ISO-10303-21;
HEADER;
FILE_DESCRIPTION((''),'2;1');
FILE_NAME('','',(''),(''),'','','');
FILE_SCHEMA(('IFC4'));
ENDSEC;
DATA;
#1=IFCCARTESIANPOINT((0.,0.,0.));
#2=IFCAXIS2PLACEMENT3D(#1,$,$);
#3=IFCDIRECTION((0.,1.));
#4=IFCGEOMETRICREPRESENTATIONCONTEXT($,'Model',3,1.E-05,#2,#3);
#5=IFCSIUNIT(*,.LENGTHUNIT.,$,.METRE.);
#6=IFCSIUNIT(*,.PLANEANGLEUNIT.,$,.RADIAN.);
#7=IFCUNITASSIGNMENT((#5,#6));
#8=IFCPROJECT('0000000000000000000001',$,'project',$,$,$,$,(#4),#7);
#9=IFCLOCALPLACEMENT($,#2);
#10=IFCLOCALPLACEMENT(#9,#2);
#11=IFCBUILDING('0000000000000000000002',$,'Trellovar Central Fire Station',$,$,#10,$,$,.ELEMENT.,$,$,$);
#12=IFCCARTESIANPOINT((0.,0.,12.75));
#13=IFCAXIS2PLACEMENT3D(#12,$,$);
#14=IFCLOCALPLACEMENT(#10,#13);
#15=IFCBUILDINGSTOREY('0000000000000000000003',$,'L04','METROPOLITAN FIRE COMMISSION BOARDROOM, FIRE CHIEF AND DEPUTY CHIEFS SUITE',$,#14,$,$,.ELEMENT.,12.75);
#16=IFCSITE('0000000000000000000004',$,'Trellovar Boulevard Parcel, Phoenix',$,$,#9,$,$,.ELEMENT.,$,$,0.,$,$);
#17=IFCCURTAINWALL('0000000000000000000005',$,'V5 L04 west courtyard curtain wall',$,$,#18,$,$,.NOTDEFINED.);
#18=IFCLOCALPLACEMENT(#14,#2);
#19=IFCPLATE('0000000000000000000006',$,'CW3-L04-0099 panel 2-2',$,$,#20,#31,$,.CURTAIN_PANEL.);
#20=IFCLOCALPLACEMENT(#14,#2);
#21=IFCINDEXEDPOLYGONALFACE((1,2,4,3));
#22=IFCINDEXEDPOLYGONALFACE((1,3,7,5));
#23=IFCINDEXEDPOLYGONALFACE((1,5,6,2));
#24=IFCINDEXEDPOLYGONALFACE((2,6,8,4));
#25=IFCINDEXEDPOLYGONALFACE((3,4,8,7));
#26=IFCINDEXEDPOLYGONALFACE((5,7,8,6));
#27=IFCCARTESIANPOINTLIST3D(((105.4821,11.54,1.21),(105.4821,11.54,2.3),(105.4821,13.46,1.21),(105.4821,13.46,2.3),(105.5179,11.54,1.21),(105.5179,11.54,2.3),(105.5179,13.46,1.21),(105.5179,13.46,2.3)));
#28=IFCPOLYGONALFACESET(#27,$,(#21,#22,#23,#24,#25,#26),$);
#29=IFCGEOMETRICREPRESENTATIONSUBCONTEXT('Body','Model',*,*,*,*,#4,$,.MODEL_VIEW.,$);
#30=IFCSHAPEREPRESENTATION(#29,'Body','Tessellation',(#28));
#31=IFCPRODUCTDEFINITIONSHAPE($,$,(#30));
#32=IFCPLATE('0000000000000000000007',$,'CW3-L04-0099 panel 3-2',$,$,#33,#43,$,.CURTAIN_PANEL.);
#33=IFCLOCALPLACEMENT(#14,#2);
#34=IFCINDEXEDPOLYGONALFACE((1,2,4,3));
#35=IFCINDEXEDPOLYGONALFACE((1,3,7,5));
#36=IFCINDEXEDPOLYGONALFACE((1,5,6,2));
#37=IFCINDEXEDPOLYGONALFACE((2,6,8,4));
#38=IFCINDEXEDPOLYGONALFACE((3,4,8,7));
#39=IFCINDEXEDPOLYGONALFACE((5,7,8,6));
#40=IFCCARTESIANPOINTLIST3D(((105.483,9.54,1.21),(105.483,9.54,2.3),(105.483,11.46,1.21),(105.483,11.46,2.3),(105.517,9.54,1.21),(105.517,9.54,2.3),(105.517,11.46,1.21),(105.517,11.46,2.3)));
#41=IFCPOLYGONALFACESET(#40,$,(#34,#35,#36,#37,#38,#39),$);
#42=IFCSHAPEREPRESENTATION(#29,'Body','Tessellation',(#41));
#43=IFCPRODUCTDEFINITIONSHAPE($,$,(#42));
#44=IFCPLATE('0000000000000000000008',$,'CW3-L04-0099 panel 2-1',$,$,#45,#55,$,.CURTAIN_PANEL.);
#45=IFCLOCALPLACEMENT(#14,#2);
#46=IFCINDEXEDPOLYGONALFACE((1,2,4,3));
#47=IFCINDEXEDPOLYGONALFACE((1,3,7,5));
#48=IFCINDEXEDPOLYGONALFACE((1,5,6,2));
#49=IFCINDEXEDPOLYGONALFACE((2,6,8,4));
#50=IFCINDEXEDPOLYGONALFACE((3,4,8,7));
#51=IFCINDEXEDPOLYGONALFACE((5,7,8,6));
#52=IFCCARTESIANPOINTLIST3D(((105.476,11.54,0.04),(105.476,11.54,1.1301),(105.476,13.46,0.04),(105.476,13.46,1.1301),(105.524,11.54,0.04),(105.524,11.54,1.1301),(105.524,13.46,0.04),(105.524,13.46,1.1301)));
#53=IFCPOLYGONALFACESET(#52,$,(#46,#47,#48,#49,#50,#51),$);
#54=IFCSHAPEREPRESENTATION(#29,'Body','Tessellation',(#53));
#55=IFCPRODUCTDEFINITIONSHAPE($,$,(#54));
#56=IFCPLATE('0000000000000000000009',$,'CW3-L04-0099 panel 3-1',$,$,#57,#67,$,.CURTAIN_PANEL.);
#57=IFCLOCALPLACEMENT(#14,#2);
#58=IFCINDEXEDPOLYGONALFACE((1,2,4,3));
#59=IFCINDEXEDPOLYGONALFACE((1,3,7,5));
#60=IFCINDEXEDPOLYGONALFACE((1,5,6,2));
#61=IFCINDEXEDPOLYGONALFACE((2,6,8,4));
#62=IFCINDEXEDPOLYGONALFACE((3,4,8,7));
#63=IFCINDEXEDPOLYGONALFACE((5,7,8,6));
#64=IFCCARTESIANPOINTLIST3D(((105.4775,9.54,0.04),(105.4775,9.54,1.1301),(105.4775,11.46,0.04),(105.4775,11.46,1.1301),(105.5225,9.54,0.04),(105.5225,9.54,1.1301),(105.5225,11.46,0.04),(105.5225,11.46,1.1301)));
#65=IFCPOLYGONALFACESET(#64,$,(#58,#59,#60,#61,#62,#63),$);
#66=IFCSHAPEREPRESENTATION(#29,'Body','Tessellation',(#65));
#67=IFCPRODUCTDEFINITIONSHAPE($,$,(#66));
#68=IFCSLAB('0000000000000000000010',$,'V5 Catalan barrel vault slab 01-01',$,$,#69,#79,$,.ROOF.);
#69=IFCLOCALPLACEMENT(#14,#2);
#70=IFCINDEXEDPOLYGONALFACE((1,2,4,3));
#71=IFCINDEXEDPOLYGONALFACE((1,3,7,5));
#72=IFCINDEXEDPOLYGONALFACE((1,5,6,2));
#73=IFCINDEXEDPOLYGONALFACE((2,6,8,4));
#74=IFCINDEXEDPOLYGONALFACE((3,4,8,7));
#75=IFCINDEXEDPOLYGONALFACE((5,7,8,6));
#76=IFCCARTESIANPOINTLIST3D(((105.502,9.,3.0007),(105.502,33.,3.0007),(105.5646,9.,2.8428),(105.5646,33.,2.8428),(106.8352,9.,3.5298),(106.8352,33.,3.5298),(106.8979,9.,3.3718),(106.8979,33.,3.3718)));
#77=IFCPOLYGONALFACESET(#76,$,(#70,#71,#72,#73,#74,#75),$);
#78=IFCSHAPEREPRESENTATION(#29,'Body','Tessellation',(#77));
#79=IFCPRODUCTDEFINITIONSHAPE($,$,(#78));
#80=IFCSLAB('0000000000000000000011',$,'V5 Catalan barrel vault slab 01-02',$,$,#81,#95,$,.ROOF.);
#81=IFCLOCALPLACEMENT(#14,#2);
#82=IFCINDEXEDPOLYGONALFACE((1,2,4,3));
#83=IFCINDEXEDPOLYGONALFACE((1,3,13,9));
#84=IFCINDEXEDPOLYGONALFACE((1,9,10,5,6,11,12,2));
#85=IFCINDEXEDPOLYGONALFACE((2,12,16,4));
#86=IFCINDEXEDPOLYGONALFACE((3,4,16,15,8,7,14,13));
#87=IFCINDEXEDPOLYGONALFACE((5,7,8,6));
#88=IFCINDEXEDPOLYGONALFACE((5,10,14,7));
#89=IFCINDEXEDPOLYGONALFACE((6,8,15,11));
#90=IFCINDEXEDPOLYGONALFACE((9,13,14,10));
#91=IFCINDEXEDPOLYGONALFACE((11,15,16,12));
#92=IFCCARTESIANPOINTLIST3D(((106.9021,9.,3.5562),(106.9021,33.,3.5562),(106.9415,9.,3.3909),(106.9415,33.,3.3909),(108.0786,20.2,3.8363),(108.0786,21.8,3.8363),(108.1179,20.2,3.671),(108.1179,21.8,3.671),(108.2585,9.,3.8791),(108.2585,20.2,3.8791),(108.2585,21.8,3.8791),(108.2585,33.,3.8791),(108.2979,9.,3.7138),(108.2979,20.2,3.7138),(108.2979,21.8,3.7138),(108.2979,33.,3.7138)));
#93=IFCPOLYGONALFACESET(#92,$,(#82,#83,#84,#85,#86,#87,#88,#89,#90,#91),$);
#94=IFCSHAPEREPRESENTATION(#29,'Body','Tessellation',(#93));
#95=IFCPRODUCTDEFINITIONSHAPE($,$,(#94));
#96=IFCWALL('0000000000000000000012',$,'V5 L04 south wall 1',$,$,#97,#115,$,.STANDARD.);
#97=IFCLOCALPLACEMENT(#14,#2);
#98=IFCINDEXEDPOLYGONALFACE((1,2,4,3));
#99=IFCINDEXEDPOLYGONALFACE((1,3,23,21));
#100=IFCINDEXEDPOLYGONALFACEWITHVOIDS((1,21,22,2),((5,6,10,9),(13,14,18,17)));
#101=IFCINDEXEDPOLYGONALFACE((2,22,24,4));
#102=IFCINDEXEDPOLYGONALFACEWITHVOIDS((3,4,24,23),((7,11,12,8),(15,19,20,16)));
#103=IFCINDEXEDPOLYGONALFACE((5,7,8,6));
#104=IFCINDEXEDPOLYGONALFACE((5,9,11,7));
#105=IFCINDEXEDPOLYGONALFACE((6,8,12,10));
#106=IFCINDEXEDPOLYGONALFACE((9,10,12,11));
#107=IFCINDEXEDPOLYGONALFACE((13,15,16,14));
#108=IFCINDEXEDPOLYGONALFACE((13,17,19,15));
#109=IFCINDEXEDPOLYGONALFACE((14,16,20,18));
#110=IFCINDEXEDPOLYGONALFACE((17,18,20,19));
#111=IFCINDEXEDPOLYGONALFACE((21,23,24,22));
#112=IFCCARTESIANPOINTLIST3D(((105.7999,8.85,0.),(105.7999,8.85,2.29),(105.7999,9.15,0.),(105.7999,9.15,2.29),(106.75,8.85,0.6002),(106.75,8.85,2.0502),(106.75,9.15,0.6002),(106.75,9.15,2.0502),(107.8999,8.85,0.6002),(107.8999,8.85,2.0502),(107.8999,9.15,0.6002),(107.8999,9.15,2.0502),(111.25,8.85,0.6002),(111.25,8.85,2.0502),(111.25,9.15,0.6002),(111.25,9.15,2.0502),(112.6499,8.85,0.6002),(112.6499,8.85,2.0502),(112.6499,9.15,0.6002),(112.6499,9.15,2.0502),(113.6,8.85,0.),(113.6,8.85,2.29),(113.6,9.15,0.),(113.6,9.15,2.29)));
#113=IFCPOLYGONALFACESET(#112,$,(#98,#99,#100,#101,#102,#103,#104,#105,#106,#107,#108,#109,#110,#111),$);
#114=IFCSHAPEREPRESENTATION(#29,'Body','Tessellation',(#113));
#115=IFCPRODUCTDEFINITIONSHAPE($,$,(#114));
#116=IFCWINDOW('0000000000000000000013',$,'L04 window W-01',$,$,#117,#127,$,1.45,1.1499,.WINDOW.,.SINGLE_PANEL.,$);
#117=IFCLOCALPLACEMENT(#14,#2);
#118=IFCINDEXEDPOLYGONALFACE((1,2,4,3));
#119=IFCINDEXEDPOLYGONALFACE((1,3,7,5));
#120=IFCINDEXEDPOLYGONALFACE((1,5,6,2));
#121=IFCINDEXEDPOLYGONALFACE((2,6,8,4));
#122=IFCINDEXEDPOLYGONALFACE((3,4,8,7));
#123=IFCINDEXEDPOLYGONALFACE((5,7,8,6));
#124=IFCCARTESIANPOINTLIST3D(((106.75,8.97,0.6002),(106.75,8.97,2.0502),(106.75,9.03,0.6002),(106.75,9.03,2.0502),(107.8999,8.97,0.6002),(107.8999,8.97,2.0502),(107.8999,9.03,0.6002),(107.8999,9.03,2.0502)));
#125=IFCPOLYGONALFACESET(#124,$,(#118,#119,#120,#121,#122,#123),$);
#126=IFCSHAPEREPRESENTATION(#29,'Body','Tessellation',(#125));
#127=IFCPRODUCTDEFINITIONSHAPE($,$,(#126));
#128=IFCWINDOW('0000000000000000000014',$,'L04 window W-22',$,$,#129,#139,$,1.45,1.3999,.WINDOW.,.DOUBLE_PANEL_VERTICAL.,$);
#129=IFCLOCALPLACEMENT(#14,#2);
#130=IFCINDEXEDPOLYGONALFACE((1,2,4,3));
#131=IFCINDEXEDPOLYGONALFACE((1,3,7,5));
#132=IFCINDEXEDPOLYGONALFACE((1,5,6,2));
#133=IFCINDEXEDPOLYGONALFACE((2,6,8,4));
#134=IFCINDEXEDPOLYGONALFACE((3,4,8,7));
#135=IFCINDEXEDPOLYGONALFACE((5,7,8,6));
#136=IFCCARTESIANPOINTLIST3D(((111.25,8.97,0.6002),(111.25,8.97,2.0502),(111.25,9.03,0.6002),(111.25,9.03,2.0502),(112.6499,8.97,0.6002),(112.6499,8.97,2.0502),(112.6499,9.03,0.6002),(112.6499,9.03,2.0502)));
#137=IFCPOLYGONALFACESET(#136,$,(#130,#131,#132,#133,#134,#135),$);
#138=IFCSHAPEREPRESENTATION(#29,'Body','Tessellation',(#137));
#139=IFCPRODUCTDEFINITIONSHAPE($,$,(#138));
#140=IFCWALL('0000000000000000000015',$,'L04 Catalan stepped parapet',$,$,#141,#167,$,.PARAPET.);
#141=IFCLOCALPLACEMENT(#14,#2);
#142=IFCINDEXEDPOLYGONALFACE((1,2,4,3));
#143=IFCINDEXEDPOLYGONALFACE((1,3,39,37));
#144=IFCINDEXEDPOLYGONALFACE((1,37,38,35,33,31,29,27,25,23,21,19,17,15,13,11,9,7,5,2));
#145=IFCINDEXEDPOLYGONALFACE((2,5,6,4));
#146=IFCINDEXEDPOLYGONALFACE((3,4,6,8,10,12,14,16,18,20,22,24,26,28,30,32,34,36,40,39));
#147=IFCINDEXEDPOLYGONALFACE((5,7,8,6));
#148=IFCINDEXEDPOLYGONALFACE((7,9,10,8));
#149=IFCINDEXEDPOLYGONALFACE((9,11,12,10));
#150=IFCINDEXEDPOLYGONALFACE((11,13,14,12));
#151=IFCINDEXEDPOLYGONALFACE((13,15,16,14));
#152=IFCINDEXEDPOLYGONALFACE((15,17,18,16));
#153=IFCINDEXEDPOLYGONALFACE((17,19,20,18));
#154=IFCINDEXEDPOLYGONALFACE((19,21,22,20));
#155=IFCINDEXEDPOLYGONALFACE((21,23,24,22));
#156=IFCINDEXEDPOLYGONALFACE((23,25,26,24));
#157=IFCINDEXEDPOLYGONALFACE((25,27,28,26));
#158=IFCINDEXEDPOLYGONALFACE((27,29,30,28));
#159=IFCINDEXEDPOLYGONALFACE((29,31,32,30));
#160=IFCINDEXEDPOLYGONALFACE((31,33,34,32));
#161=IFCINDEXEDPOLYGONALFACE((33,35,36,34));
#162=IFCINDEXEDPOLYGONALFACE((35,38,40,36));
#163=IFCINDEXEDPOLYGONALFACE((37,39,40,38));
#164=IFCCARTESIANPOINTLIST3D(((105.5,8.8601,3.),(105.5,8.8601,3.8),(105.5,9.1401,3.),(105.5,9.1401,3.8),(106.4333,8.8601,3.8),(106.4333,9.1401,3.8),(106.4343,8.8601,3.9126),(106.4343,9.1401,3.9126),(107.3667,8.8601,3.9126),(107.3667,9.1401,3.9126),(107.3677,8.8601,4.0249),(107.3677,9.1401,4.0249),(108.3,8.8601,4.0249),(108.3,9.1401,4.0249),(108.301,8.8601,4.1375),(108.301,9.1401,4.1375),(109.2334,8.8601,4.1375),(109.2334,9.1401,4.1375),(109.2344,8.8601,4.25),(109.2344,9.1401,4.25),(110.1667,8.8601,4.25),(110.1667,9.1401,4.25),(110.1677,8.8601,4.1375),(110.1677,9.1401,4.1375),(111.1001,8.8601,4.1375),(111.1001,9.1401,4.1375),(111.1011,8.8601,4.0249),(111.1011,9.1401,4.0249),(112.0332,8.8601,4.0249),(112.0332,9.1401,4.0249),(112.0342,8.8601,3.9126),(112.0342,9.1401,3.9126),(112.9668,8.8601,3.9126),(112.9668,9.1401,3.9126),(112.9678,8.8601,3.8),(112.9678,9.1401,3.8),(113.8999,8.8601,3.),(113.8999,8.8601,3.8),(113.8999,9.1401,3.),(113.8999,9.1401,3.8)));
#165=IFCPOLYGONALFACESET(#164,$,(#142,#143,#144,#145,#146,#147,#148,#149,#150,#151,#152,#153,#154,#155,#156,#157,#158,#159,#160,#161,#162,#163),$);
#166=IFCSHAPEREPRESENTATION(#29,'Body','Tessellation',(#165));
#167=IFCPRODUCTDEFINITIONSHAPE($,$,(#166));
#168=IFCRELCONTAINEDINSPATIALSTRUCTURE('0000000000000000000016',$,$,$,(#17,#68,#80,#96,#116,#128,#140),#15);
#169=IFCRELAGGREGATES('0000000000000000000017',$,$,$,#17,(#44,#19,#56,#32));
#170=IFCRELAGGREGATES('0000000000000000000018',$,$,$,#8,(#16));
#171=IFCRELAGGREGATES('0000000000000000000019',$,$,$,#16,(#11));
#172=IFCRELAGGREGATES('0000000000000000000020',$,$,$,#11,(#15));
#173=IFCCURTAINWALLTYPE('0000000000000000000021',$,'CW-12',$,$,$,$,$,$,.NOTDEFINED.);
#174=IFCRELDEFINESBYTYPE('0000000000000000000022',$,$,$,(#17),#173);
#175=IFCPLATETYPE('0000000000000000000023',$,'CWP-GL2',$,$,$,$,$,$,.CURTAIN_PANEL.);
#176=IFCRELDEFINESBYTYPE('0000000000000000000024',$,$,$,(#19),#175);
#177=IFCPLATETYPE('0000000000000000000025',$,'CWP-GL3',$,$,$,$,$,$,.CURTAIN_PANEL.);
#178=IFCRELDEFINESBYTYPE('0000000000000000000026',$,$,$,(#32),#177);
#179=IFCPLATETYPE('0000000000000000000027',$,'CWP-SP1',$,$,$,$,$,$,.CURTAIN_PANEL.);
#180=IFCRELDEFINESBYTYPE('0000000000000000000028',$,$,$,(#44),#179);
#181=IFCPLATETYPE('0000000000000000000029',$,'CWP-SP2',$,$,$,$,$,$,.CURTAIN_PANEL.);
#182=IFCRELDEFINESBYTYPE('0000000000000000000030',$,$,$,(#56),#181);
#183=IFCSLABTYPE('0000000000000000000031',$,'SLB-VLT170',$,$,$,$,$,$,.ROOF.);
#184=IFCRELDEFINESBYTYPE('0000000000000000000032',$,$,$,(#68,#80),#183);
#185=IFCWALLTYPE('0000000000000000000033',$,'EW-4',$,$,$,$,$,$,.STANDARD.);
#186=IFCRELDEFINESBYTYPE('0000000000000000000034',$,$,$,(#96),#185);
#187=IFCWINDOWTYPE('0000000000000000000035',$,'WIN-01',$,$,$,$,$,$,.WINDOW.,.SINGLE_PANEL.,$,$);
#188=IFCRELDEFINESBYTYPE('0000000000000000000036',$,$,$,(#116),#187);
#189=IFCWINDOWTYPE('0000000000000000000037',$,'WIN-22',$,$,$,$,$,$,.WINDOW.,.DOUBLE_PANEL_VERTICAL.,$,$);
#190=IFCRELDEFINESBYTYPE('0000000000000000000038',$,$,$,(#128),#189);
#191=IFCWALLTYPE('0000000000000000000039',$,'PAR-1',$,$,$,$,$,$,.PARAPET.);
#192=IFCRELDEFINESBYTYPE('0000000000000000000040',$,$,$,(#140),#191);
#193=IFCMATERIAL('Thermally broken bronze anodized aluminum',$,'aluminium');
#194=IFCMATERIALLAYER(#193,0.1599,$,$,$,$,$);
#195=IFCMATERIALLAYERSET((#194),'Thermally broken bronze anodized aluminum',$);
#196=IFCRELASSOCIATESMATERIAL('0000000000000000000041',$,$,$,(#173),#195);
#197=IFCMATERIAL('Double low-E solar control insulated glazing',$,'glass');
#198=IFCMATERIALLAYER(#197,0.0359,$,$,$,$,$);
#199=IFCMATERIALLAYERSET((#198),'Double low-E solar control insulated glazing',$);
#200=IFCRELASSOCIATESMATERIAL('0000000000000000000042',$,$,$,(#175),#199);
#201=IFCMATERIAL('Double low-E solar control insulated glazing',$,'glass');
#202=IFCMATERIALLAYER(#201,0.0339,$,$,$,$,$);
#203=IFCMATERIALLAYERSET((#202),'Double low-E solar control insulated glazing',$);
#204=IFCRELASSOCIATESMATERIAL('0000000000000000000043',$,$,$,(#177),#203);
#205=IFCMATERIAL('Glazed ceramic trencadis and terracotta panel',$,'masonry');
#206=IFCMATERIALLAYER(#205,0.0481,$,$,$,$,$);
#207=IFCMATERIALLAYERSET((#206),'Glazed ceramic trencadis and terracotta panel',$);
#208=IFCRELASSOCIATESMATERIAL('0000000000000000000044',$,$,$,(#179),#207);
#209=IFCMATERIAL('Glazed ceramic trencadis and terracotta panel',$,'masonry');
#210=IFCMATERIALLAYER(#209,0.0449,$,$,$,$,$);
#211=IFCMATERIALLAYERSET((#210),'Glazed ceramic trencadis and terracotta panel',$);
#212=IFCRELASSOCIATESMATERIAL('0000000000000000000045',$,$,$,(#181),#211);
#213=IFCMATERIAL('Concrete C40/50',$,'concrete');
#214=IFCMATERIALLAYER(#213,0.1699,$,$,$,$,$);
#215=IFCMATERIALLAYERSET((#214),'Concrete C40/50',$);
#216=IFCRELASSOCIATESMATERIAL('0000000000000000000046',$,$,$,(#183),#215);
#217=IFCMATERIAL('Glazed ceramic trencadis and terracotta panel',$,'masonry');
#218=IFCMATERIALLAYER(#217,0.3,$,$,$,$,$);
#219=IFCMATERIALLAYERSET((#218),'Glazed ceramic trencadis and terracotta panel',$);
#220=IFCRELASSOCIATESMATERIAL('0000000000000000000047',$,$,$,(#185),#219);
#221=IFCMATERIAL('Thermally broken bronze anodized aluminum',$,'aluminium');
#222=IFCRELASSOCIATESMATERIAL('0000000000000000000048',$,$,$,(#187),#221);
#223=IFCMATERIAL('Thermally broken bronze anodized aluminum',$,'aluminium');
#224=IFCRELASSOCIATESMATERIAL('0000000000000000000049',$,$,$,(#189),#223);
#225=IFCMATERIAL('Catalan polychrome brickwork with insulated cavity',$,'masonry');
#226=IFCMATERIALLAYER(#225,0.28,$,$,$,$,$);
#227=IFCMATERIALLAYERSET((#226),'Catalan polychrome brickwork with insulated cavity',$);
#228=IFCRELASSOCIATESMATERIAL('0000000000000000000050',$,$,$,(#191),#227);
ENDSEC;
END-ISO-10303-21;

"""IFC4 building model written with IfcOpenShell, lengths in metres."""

from ifc_helpers import new_model, si_unit, direction, frame, frame_2d, origin, origin_2d, place, context, subcontext, project, spatial, polyline, rectangle, outline, extrude, material, layer, layer_set, type_object, element, fill, aggregate, save


model = new_model("IFC4")

# Units and contexts
model_context = context("Model", 3, precision=1e-05, world=origin(), true_north=direction((0.0, 1.0)))
body_context = subcontext(model_context, "Body", "Model", "MODEL_VIEW")
ifc_project = project(units=[si_unit("LENGTHUNIT", "METRE"), si_unit("PLANEANGLEUNIT", "RADIAN")], contexts=[model_context])

# Site, building, storey
site_placement = place(None, origin())
site = spatial("IfcSite", under=ifc_project, at=site_placement, Name="Trellovar Boulevard Parcel, Phoenix", CompositionType="ELEMENT", RefElevation=0.0)
building_placement = place(site_placement, origin())
building = spatial("IfcBuilding", under=site, at=building_placement, Name="Trellovar Central Fire Station", CompositionType="ELEMENT")
storey_placement = place(building_placement, frame((0.0, 0.0, 12.75)))
storey = spatial("IfcBuildingStorey", under=building, at=storey_placement, Name="L04", Description="METROPOLITAN FIRE COMMISSION BOARDROOM, FIRE CHIEF AND DEPUTY CHIEFS SUITE", CompositionType="ELEMENT", Elevation=12.75)

# Curtain wall
ifc_material_1 = material(Name="Thermally broken bronze anodized aluminum", Category="aluminium")
ifc_layer_1 = layer(ifc_material_1, 0.1599)
ifc_layer_set_1 = layer_set([ifc_layer_1], Name="Thermally broken bronze anodized aluminum")
curtain_wall_type = type_object("IfcCurtainWallType", Name="CW-12", PredefinedType="NOTDEFINED", material=ifc_layer_set_1)
curtain_wall_placement = place(storey_placement, origin())
curtain_wall = element("IfcCurtainWall", 1, at=curtain_wall_placement, inside=storey, type_object=curtain_wall_type, Name="V5 L04 west courtyard curtain wall", PredefinedType="NOTDEFINED")

# Plates
ifc_material_2 = material(Name="Double low-E solar control insulated glazing", Category="glass")
ifc_layer_2 = layer(ifc_material_2, 0.0359)
ifc_layer_set_2 = layer_set([ifc_layer_2], Name="Double low-E solar control insulated glazing")
plate_type_1 = type_object("IfcPlateType", Name="CWP-GL2", PredefinedType="CURTAIN_PANEL", material=ifc_layer_set_2)
plate_1_placement = place(storey_placement, frame((105.5, 12.5, 1.21), z_axis=(0.0, 0.0, 1.0), x_axis=(0.0, -1.0, 0.0)))
plate_1 = element("IfcPlate", 2, at=plate_1_placement, type_object=plate_type_1, Name="CW3-L04-0099 panel 2-2", PredefinedType="CURTAIN_PANEL", context=body_context, shape_type="SweptSolid", body=[
    extrude(rectangle(XDim=1.9199, YDim=0.0359, at=origin_2d()), origin(), (0.0, 0.0, 1.0), 1.0901),
])
ifc_material_3 = material(Name="Double low-E solar control insulated glazing", Category="glass")
ifc_layer_3 = layer(ifc_material_3, 0.0339)
ifc_layer_set_3 = layer_set([ifc_layer_3], Name="Double low-E solar control insulated glazing")
plate_type_2 = type_object("IfcPlateType", Name="CWP-GL3", PredefinedType="CURTAIN_PANEL", material=ifc_layer_set_3)
plate_2_placement = place(storey_placement, frame((105.5, 10.5, 1.21), z_axis=(0.0, 0.0, 1.0), x_axis=(0.0, -1.0, 0.0)))
plate_2 = element("IfcPlate", 3, at=plate_2_placement, type_object=plate_type_2, Name="CW3-L04-0099 panel 3-2", PredefinedType="CURTAIN_PANEL", context=body_context, shape_type="SweptSolid", body=[
    extrude(rectangle(XDim=1.9199, YDim=0.0339, at=origin_2d()), origin(), (0.0, 0.0, 1.0), 1.0901),
])
ifc_material_4 = material(Name="Glazed ceramic trencadis and terracotta panel", Category="masonry")
ifc_layer_4 = layer(ifc_material_4, 0.0481)
ifc_layer_set_4 = layer_set([ifc_layer_4], Name="Glazed ceramic trencadis and terracotta panel")
plate_type_3 = type_object("IfcPlateType", Name="CWP-SP1", PredefinedType="CURTAIN_PANEL", material=ifc_layer_set_4)
plate_3_placement = place(storey_placement, frame((105.5, 12.5, 0.04), z_axis=(0.0, 0.0, 1.0), x_axis=(0.0, -1.0, 0.0)))
plate_3 = element("IfcPlate", 4, at=plate_3_placement, type_object=plate_type_3, Name="CW3-L04-0099 panel 2-1", PredefinedType="CURTAIN_PANEL", context=body_context, shape_type="SweptSolid", body=[
    extrude(rectangle(XDim=1.9199, YDim=0.0481, at=origin_2d()), origin(), (0.0, 0.0, 1.0), 1.0901),
])
ifc_material_5 = material(Name="Glazed ceramic trencadis and terracotta panel", Category="masonry")
ifc_layer_5 = layer(ifc_material_5, 0.0449)
ifc_layer_set_5 = layer_set([ifc_layer_5], Name="Glazed ceramic trencadis and terracotta panel")
plate_type_4 = type_object("IfcPlateType", Name="CWP-SP2", PredefinedType="CURTAIN_PANEL", material=ifc_layer_set_5)
plate_4_placement = place(storey_placement, frame((105.5, 10.5, 0.04), z_axis=(0.0, 0.0, 1.0), x_axis=(0.0, -1.0, 0.0)))
plate_4 = element("IfcPlate", 5, at=plate_4_placement, type_object=plate_type_4, Name="CW3-L04-0099 panel 3-1", PredefinedType="CURTAIN_PANEL", context=body_context, shape_type="SweptSolid", body=[
    extrude(rectangle(XDim=1.9199, YDim=0.0449, at=origin_2d()), origin(), (0.0, 0.0, 1.0), 1.0901),
])
aggregate(curtain_wall, [plate_3, plate_1, plate_4, plate_2])

# Slabs
ifc_material_6 = material(Name="Concrete C40/50", Category="concrete")
ifc_layer_6 = layer(ifc_material_6, 0.1699)
ifc_layer_set_6 = layer_set([ifc_layer_6], Name="Concrete C40/50")
slab_type = type_object("IfcSlabType", Name="SLB-VLT170", PredefinedType="ROOF", material=ifc_layer_set_6)
slab_1_placement = place(storey_placement, frame((105.502, 9.0, 3.0007), z_axis=(-0.368836, 0.0, 0.929494), x_axis=(0.929494, 0.0, 0.368836)))
element("IfcSlab", 6, at=slab_1_placement, inside=storey, type_object=slab_type, Name="V5 Catalan barrel vault slab 01-01", PredefinedType="ROOF", context=body_context, shape_type="SweptSolid", body=[
    extrude(outline(polyline([(0.0, 0.0), (1.4344, 0.0), (1.4344, 24.0), (0.0, 24.0), (0.0, 0.0)])), origin(), (0.0, 0.0, -1.0), 0.1699),
])
slab_2_placement = place(storey_placement, frame((106.9021, 9.0, 3.5562), z_axis=(-0.231639, 0.0, 0.972802), x_axis=(0.972802, 0.0, 0.231639)))
element("IfcSlab", 7, at=slab_2_placement, inside=storey, type_object=slab_type, Name="V5 Catalan barrel vault slab 01-02", PredefinedType="ROOF", context=body_context, shape_type="SweptSolid", body=[
    extrude(outline(polyline([(0.0, 0.0), (1.3944, 0.0), (1.3944, 11.2), (1.2094, 11.2), (1.2094, 12.8), (1.3944, 12.8), (1.3944, 24.0), (0.0, 24.0), (0.0, 0.0)])), origin(), (0.0, 0.0, -1.0), 0.1699),
])

# Wall, openings, windows
ifc_material_7 = material(Name="Glazed ceramic trencadis and terracotta panel", Category="masonry")
ifc_layer_7 = layer(ifc_material_7, 0.3)
ifc_layer_set_7 = layer_set([ifc_layer_7], Name="Glazed ceramic trencadis and terracotta panel")
wall_type_1 = type_object("IfcWallType", Name="EW-4", PredefinedType="STANDARD", material=ifc_layer_set_7)
wall_1_placement = place(storey_placement, frame((105.8, 9.0, 0.0), z_axis=(0.0, 0.0, 1.0), x_axis=(1.0, 0.0, 0.0)))
wall_1 = element("IfcWall", 8, at=wall_1_placement, inside=storey, type_object=wall_type_1, Name="V5 L04 south wall 1", PredefinedType="STANDARD", context=body_context, shape_type="SweptSolid", body=[
    extrude(rectangle(XDim=7.8, YDim=0.3, at=frame_2d((3.8999, 0.0))), origin(), (0.0, 0.0, 1.0), 2.29),
])
opening_1_placement = place(wall_1_placement, frame((0.95, 0.0, 0.6001)))
opening_1 = element("IfcOpeningElement", 9, at=opening_1_placement, cuts=wall_1, PredefinedType="OPENING", context=body_context, shape_type="SweptSolid", body=[
    extrude(rectangle(XDim=1.1499, YDim=1.45, at=frame_2d((0.575, 0.7251))), frame((0.0, 0.1599, 0.0), z_axis=(0.0, -1.0, 0.0), x_axis=(1.0, 0.0, 0.0)), (0.0, 0.0, 1.0), 0.3201),
])
opening_2_placement = place(wall_1_placement, frame((5.45, 0.0, 0.6001)))
opening_2 = element("IfcOpeningElement", 10, at=opening_2_placement, cuts=wall_1, PredefinedType="OPENING", context=body_context, shape_type="SweptSolid", body=[
    extrude(rectangle(XDim=1.3999, YDim=1.45, at=frame_2d((0.7, 0.7251))), frame((0.0, 0.1599, 0.0), z_axis=(0.0, -1.0, 0.0), x_axis=(1.0, 0.0, 0.0)), (0.0, 0.0, 1.0), 0.3201),
])
ifc_material_8 = material(Name="Thermally broken bronze anodized aluminum", Category="aluminium")
window_type_1 = type_object("IfcWindowType", Name="WIN-01", PartitioningType="SINGLE_PANEL", PredefinedType="WINDOW", material=ifc_material_8)
window_1_placement = place(opening_1_placement, origin())
window_1 = element("IfcWindow", 11, at=window_1_placement, inside=storey, type_object=window_type_1, Name="L04 window W-01", OverallHeight=1.45, OverallWidth=1.1499, PartitioningType="SINGLE_PANEL", PredefinedType="WINDOW", context=body_context, shape_type="SweptSolid", body=[
    extrude(rectangle(XDim=1.1499, YDim=1.45, at=frame_2d((0.575, 0.7251))), frame((0.0, 0.03, 0.0), z_axis=(0.0, -1.0, 0.0), x_axis=(1.0, 0.0, 0.0)), (0.0, 0.0, 1.0), 0.0601),
])
fill(opening_1, window_1)
ifc_material_9 = material(Name="Thermally broken bronze anodized aluminum", Category="aluminium")
window_type_2 = type_object("IfcWindowType", Name="WIN-22", PartitioningType="DOUBLE_PANEL_VERTICAL", PredefinedType="WINDOW", material=ifc_material_9)
window_2_placement = place(opening_2_placement, origin())
window_2 = element("IfcWindow", 12, at=window_2_placement, inside=storey, type_object=window_type_2, Name="L04 window W-22", OverallHeight=1.45, OverallWidth=1.3999, PartitioningType="DOUBLE_PANEL_VERTICAL", PredefinedType="WINDOW", context=body_context, shape_type="SweptSolid", body=[
    extrude(rectangle(XDim=1.3999, YDim=1.45, at=frame_2d((0.7, 0.7251))), frame((0.0, 0.03, 0.0), z_axis=(0.0, -1.0, 0.0), x_axis=(1.0, 0.0, 0.0)), (0.0, 0.0, 1.0), 0.0601),
])
fill(opening_2, window_2)

# Wall
ifc_material_10 = material(Name="Catalan polychrome brickwork with insulated cavity", Category="masonry")
ifc_layer_8 = layer(ifc_material_10, 0.28)
ifc_layer_set_8 = layer_set([ifc_layer_8], Name="Catalan polychrome brickwork with insulated cavity")
wall_type_2 = type_object("IfcWallType", Name="PAR-1", PredefinedType="PARAPET", material=ifc_layer_set_8)
wall_2_placement = place(storey_placement, frame((105.5, 9.0, 3.0), z_axis=(0.0, 0.0, 1.0), x_axis=(1.0, 0.0, 0.0)))
element("IfcWall", 13, at=wall_2_placement, inside=storey, type_object=wall_type_2, Name="L04 Catalan stepped parapet", PredefinedType="PARAPET", context=body_context, shape_type="SweptSolid", body=[
    extrude(outline(polyline([(0.0, 0.0), (8.3999, 0.0), (8.3999, 0.8), (7.4678, 0.8), (7.4668, 0.9126), (6.5342, 0.9126), (6.5332, 1.0249), (5.6011, 1.0249), (5.6001, 1.1375), (4.6677, 1.1375), (4.6667, 1.25), (3.7344, 1.25), (3.7334, 1.1375), (2.801, 1.1375), (2.8, 1.0249), (1.8677, 1.0249), (1.8667, 0.9126), (0.9343, 0.9126), (0.9333, 0.8), (0.0, 0.8), (0.0, 0.0)])), frame((0.0, 0.1401, 0.0), z_axis=(0.0, -1.0, 0.0), x_axis=(1.0, 0.0, 0.0)), (0.0, 0.0, 1.0), 0.28),
])

save(model, "model.ifc")
